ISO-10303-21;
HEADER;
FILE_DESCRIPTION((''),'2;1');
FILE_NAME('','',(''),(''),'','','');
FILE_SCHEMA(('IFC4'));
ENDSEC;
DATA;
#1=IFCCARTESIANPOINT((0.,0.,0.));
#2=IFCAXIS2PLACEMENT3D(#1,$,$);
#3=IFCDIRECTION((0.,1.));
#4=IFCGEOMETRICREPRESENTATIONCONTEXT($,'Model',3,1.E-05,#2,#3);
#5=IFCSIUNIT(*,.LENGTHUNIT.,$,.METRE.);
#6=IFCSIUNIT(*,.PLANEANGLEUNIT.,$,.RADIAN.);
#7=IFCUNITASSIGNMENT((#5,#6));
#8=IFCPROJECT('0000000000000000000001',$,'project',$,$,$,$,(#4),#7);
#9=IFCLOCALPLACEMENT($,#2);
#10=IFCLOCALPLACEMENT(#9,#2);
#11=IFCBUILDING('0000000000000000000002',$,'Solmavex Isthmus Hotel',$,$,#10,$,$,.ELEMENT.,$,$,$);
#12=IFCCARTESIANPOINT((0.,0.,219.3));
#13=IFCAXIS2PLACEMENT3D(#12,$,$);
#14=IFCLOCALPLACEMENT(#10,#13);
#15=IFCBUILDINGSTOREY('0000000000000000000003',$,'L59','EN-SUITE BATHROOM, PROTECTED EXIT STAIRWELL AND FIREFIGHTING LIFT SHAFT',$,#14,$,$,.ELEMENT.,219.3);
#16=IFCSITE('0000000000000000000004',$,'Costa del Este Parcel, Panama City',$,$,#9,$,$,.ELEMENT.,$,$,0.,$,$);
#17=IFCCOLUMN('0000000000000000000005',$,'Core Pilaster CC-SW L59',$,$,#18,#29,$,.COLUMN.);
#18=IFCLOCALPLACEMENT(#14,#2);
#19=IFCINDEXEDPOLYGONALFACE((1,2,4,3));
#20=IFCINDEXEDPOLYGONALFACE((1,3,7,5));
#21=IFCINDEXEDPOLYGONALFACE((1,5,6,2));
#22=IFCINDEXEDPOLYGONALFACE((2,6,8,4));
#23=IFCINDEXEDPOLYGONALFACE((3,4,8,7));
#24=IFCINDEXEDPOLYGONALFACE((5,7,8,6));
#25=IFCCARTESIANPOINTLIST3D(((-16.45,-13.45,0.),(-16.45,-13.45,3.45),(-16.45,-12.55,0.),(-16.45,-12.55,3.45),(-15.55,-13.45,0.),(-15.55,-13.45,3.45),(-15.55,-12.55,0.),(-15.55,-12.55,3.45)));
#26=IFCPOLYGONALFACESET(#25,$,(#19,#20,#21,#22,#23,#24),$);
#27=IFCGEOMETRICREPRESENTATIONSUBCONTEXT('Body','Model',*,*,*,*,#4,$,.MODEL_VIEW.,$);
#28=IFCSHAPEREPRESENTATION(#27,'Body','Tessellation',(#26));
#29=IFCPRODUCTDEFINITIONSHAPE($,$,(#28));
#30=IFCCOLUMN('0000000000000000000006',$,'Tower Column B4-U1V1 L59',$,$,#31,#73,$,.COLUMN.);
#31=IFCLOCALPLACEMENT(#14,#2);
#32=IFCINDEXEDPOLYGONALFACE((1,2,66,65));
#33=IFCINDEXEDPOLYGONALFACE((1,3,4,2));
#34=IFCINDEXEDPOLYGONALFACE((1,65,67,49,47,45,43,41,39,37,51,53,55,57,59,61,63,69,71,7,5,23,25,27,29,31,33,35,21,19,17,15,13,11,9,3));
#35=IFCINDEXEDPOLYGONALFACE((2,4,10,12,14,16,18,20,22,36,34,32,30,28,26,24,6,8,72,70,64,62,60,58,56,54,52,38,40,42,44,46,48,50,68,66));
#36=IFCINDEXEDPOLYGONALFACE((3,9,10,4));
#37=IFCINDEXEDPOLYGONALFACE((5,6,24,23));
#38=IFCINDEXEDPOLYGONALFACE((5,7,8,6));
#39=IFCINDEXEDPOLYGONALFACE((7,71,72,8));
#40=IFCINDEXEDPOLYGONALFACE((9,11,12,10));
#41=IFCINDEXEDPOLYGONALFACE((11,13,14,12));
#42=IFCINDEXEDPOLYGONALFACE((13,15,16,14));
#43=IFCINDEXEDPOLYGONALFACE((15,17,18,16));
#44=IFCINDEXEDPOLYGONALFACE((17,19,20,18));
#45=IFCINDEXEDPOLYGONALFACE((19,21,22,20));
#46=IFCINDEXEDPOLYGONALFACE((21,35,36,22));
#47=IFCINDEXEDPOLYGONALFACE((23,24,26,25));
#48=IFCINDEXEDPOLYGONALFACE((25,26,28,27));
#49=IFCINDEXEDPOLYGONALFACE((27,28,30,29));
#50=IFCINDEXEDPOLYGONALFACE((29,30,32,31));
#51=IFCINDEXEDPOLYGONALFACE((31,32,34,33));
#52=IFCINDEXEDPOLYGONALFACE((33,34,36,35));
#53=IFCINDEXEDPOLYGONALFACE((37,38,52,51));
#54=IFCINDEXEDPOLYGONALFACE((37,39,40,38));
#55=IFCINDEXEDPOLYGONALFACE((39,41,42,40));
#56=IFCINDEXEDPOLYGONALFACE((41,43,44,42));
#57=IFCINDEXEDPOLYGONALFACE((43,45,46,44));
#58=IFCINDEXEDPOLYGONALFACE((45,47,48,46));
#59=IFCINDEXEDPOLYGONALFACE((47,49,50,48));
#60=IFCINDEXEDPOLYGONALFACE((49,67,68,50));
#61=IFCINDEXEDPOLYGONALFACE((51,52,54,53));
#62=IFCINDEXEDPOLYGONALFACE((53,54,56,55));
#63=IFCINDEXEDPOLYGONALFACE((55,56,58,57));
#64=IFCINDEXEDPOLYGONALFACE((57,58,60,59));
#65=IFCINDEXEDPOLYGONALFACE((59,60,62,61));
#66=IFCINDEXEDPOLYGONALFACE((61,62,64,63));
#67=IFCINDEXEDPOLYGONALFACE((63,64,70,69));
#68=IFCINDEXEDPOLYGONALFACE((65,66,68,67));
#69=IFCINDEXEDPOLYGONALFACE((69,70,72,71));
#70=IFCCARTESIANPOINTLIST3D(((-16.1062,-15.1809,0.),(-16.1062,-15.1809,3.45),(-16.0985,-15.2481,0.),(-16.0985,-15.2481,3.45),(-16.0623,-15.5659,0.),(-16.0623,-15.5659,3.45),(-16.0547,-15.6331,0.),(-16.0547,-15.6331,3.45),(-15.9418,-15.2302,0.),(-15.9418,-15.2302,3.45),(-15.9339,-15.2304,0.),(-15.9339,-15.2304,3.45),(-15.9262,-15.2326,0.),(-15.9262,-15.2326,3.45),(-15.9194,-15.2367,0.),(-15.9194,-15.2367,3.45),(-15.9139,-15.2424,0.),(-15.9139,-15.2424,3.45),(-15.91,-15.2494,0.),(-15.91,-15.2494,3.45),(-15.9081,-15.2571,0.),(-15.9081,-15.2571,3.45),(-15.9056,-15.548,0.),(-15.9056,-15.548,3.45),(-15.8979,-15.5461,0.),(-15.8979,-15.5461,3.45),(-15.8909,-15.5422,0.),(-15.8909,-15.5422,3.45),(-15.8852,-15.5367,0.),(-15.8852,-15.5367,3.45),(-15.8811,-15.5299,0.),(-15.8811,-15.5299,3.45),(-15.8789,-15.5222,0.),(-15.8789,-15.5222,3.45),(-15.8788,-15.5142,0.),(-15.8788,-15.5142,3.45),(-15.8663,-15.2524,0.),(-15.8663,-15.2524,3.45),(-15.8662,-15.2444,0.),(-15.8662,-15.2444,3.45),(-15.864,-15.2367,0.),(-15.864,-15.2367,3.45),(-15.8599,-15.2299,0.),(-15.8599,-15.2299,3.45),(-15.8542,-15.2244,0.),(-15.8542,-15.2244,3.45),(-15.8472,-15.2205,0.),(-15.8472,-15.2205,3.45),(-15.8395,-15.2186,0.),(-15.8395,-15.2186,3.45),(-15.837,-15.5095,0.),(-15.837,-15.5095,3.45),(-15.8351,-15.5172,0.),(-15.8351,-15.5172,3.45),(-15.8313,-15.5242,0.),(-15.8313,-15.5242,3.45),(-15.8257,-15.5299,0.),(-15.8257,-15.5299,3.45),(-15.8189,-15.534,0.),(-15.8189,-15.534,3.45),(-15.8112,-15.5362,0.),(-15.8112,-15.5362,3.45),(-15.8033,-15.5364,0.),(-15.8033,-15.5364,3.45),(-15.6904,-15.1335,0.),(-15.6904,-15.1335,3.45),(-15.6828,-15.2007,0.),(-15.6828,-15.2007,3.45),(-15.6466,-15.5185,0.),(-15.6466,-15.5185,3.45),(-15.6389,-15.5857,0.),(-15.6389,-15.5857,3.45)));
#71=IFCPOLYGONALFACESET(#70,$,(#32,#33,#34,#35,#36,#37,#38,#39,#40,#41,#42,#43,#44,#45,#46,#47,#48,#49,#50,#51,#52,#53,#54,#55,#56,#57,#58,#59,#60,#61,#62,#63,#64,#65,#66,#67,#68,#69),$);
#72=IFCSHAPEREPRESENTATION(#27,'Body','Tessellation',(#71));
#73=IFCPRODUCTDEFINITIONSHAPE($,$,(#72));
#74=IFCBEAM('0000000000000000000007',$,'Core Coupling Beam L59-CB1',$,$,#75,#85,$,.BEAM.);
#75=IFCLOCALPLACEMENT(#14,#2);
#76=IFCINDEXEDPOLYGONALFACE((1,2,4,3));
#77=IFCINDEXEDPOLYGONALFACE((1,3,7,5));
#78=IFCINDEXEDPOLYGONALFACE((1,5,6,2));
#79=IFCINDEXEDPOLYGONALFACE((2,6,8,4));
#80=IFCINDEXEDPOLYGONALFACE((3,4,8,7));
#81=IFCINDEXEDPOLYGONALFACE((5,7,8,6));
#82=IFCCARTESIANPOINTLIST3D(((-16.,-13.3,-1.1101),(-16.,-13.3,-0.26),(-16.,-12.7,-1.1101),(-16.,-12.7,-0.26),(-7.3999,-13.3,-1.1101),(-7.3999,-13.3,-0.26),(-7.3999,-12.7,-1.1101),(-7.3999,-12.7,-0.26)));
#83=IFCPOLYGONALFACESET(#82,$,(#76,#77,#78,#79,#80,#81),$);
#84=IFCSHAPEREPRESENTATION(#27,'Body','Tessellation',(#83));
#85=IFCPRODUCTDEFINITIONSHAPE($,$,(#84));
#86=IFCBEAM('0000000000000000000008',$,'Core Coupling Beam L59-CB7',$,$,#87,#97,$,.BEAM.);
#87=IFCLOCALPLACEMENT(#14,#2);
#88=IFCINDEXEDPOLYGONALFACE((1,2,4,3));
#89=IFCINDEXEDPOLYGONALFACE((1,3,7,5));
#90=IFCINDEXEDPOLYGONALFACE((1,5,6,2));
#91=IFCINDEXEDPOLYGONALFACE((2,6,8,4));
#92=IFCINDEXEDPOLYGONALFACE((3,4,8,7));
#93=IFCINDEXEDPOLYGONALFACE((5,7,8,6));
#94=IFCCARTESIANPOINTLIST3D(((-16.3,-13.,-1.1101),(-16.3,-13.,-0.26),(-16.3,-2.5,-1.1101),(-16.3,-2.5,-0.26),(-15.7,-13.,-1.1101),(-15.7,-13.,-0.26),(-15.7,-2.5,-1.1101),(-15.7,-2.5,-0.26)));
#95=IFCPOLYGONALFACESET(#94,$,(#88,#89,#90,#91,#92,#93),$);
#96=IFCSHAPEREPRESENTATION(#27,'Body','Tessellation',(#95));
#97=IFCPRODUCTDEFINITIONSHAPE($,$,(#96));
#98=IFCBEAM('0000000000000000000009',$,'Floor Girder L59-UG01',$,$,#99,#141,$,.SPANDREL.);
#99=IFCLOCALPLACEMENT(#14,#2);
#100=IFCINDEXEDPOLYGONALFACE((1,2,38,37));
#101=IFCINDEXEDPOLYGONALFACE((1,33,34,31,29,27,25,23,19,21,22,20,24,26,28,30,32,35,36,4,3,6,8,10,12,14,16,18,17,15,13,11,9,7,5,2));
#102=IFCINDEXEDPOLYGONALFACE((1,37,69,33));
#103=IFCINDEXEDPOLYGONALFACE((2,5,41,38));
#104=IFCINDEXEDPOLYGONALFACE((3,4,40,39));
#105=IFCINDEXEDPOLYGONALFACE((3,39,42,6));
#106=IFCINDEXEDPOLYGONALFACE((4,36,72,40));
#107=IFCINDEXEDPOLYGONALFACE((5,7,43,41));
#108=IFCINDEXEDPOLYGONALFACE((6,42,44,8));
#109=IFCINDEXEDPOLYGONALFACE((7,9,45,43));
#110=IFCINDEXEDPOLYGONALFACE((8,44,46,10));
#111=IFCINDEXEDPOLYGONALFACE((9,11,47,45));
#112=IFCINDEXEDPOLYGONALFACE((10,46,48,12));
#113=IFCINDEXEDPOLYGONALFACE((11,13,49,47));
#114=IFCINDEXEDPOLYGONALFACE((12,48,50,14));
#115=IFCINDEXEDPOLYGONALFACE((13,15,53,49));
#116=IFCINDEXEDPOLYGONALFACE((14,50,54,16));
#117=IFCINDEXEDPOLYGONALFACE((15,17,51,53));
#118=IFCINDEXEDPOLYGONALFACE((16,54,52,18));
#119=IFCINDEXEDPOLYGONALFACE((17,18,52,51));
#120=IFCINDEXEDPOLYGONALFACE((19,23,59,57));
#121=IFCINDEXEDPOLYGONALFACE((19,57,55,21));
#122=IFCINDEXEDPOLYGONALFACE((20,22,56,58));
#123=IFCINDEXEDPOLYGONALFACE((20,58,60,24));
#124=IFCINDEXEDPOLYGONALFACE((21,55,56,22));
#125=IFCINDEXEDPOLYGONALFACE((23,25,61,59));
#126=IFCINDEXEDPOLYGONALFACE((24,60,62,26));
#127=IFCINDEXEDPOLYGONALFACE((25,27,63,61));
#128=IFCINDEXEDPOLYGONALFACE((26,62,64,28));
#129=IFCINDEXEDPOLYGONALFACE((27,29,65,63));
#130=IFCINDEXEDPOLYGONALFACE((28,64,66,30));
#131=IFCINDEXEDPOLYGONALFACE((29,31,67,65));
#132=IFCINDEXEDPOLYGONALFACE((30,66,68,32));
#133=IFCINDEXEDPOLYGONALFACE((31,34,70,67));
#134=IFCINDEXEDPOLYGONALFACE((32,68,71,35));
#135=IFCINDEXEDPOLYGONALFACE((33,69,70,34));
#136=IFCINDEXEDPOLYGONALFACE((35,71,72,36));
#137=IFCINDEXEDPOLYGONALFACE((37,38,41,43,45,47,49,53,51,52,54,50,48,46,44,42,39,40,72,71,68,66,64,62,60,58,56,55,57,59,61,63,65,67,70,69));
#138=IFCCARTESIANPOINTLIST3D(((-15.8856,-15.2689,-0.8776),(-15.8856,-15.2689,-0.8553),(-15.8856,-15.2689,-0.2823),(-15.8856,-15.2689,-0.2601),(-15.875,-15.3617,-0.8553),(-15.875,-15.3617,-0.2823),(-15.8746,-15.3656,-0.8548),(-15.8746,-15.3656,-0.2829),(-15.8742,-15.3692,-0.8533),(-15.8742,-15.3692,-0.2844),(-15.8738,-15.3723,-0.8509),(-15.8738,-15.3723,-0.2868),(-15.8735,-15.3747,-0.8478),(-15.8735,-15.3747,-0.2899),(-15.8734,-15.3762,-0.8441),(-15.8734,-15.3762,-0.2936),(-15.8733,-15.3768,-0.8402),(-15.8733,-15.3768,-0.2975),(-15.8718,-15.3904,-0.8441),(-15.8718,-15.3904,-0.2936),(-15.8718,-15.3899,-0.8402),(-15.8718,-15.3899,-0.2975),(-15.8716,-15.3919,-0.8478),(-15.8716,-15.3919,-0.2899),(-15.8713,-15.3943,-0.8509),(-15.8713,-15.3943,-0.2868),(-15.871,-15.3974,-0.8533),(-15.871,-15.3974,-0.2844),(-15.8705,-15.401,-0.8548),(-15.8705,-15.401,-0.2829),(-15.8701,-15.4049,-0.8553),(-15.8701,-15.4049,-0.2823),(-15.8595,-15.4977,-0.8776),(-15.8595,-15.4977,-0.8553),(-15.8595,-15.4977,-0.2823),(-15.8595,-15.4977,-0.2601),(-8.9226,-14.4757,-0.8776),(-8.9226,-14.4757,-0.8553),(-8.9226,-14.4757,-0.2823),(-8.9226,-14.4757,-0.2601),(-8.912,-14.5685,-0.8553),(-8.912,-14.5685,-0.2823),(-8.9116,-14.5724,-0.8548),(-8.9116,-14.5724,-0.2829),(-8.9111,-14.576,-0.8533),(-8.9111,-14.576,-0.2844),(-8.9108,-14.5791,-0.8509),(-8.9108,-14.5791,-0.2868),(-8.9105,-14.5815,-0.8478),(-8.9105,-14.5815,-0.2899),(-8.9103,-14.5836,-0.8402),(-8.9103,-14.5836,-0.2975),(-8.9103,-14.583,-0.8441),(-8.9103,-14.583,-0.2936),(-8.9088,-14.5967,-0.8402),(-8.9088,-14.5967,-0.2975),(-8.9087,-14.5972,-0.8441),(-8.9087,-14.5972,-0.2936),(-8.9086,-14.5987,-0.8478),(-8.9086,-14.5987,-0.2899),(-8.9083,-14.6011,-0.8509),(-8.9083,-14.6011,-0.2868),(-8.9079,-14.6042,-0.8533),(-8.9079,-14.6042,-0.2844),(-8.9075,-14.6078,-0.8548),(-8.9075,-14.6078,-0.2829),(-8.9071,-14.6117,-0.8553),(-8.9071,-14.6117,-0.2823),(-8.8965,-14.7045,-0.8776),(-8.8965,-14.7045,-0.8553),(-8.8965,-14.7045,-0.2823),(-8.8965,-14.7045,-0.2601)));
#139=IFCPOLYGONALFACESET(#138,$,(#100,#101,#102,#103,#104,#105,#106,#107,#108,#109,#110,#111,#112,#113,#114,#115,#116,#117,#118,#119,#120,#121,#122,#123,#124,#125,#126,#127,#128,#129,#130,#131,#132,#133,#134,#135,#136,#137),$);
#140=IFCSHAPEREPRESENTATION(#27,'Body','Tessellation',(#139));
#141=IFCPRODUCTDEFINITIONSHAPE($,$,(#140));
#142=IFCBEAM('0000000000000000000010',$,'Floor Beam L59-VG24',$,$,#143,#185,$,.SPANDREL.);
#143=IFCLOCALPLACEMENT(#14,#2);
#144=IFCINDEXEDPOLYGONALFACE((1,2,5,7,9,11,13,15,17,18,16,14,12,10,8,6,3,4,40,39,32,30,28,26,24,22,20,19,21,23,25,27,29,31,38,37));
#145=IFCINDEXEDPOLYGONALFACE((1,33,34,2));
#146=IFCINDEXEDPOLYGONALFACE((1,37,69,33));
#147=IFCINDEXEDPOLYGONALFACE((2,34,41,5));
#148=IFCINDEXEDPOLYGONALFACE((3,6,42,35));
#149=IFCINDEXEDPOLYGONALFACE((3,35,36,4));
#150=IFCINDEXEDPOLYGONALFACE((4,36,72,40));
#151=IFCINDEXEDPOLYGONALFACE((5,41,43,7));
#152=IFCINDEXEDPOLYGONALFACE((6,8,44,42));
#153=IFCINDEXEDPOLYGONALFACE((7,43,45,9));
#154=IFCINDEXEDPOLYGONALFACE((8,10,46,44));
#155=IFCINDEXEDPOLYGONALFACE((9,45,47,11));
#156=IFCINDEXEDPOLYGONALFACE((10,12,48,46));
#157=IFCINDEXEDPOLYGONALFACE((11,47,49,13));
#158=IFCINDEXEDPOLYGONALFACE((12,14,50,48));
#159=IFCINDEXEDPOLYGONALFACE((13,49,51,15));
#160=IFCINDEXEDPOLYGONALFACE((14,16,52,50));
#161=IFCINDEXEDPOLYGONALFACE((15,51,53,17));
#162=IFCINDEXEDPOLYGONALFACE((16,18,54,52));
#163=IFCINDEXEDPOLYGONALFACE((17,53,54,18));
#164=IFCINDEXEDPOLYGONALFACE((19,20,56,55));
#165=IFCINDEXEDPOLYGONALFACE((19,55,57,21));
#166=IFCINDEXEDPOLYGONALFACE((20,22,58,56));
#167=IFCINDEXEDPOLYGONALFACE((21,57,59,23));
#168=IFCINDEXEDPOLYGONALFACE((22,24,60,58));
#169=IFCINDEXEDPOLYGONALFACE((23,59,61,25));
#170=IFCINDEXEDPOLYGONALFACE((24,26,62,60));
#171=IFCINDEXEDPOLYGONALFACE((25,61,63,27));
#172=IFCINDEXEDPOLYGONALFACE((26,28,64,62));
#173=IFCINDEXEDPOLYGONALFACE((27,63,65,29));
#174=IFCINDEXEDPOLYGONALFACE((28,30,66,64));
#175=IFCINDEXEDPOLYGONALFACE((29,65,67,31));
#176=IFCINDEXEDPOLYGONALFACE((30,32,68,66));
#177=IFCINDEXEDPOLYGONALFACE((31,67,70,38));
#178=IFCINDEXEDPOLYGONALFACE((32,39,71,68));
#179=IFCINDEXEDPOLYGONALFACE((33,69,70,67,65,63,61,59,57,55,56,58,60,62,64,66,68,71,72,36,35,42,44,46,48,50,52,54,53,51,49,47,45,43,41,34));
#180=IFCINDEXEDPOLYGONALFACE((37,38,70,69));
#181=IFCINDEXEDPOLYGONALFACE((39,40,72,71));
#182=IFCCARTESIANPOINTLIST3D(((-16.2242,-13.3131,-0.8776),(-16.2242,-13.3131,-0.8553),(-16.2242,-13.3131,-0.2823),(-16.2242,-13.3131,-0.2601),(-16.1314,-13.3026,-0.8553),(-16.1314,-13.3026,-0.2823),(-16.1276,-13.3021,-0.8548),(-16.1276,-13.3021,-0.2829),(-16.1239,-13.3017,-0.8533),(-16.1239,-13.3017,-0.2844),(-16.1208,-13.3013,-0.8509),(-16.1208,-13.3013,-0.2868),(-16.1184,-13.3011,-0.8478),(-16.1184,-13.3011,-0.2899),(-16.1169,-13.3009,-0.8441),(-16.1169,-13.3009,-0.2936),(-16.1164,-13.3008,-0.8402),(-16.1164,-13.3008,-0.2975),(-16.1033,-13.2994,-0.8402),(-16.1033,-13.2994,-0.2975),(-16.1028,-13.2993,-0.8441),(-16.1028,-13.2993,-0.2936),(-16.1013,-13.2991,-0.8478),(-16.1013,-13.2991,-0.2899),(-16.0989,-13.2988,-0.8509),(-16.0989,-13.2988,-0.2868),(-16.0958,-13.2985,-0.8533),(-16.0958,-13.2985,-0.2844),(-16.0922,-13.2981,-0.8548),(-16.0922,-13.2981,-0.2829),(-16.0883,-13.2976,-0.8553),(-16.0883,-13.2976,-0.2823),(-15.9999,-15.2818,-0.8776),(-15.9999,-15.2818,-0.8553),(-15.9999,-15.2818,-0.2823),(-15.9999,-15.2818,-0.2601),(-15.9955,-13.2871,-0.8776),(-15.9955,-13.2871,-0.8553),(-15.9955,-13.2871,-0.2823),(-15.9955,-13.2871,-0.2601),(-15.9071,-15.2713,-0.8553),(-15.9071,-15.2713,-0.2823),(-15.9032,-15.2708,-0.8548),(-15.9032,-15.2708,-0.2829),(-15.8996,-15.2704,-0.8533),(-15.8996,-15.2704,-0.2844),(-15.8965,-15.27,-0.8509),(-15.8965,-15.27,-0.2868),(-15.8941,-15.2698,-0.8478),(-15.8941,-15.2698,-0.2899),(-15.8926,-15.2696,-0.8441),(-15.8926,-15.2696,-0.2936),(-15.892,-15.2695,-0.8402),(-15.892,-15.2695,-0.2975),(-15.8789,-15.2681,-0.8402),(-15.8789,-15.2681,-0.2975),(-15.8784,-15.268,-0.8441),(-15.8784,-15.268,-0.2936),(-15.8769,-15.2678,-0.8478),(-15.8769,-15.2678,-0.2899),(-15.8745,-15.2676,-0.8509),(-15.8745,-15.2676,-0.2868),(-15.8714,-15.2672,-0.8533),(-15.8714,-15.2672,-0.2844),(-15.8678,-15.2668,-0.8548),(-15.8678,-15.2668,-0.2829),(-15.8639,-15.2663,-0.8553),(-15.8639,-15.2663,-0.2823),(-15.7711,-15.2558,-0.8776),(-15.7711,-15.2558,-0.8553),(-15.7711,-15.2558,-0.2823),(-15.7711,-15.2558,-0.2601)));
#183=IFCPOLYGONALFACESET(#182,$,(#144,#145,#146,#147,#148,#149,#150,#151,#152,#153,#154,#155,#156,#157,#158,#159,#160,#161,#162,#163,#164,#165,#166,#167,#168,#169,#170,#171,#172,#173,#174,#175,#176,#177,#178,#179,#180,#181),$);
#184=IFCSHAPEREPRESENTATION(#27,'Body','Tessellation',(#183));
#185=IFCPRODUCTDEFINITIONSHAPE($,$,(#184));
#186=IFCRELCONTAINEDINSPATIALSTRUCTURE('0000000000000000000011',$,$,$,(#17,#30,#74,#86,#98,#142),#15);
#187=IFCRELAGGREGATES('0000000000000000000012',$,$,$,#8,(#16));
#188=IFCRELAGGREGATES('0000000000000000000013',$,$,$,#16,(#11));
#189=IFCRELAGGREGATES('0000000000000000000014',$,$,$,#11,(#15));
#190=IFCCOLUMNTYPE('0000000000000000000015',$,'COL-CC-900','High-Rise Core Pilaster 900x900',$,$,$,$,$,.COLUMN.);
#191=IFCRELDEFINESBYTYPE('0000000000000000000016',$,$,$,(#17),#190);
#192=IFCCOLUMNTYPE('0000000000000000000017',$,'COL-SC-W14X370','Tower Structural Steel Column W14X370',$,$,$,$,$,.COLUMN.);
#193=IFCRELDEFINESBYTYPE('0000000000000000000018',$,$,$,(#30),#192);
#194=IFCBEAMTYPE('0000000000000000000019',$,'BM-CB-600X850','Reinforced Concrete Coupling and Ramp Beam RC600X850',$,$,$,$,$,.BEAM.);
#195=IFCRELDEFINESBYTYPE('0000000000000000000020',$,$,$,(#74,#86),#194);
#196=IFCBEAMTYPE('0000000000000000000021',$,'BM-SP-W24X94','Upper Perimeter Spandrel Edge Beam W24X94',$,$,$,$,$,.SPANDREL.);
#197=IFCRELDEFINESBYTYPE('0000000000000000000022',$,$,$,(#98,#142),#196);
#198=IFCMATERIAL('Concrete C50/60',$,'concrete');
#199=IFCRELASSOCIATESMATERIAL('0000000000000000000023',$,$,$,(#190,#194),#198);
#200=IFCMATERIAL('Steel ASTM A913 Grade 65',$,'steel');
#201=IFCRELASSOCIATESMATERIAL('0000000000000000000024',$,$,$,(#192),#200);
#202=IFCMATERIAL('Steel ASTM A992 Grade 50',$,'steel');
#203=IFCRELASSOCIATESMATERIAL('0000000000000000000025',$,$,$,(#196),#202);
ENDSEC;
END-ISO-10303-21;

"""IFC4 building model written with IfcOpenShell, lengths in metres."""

from ifc_helpers import new_model, si_unit, direction, frame, origin, origin_2d, place, context, subcontext, project, spatial, rectangle, i_section, extrude, material, material_profile, profile_set, type_object, element, save


model = new_model("IFC4")

# Units and contexts
model_context = context("Model", 3, precision=1e-05, world=origin(), true_north=direction((0.0, 1.0)))
body_context = subcontext(model_context, "Body", "Model", "MODEL_VIEW")
ifc_project = project(units=[si_unit("LENGTHUNIT", "METRE"), si_unit("PLANEANGLEUNIT", "RADIAN")], contexts=[model_context])

# Site, building, storey
site_placement = place(None, origin())
site = spatial("IfcSite", under=ifc_project, at=site_placement, Name="Costa del Este Parcel, Panama City", CompositionType="ELEMENT", RefElevation=0.0)
building_placement = place(site_placement, origin())
building = spatial("IfcBuilding", under=site, at=building_placement, Name="Solmavex Isthmus Hotel", CompositionType="ELEMENT")
storey_placement = place(building_placement, frame((0.0, 0.0, 219.3)))
storey = spatial("IfcBuildingStorey", under=building, at=storey_placement, Name="L59", Description="EN-SUITE BATHROOM, PROTECTED EXIT STAIRWELL AND FIREFIGHTING LIFT SHAFT", CompositionType="ELEMENT", Elevation=219.3)

# Columns
ifc_material_1 = material(Name="Concrete C50/60", Category="concrete")
ifc_material_profile_1 = material_profile(ifc_material_1, rectangle(XDim=0.8999, YDim=0.8999, at=origin_2d()), Name="RC900X900")
ifc_profile_set_1 = profile_set([ifc_material_profile_1], Name="Concrete C50/60")
column_type_1 = type_object("IfcColumnType", Name="COL-CC-900", Description="High-Rise Core Pilaster 900x900", PredefinedType="COLUMN", material=ifc_profile_set_1)
column_1_placement = place(storey_placement, frame((-16.0, -13.0, 0.0), z_axis=(0.0, 0.0, 1.0), x_axis=(1.0, 0.0, 0.0)))
element("IfcColumn", 1, at=column_1_placement, inside=storey, type_object=column_type_1, Name="Core Pilaster CC-SW L59", PredefinedType="COLUMN", context=body_context, shape_type="SweptSolid", body=[
    extrude(rectangle(XDim=0.8999, YDim=0.8999, at=origin_2d()), origin(), (0.0, 0.0, 1.0), 3.45),
])
ifc_material_2 = material(Name="Steel ASTM A913 Grade 65", Category="steel")
ifc_material_profile_2 = material_profile(ifc_material_2, i_section(OverallWidth=0.4185, OverallDepth=0.4551, WebThickness=0.042, FlangeThickness=0.0676, FilletRadius=0.0305, at=origin_2d()), Name="W14X370")
ifc_profile_set_2 = profile_set([ifc_material_profile_2], Name="Steel ASTM A913 Grade 65")
column_type_2 = type_object("IfcColumnType", Name="COL-SC-W14X370", Description="Tower Structural Steel Column W14X370", PredefinedType="COLUMN", material=ifc_profile_set_2)
column_2_placement = place(storey_placement, frame((-15.8726, -15.3833, 0.0), z_axis=(0.0, 0.0, 1.0), x_axis=(0.993572, 0.113203, 0.0)))
element("IfcColumn", 2, at=column_2_placement, inside=storey, type_object=column_type_2, Name="Tower Column B4-U1V1 L59", PredefinedType="COLUMN", context=body_context, shape_type="SweptSolid", body=[
    extrude(i_section(OverallWidth=0.4185, OverallDepth=0.4551, WebThickness=0.042, FlangeThickness=0.0676, FilletRadius=0.0305, at=origin_2d()), origin(), (0.0, 0.0, 1.0), 3.45),
])

# Beams
ifc_material_profile_3 = material_profile(ifc_material_1, rectangle(XDim=0.6001, YDim=0.8501, at=origin_2d()), Name="RC600X850")
ifc_profile_set_3 = profile_set([ifc_material_profile_3], Name="Concrete C50/60")
beam_type_1 = type_object("IfcBeamType", Name="BM-CB-600X850", Description="Reinforced Concrete Coupling and Ramp Beam RC600X850", PredefinedType="BEAM", material=ifc_profile_set_3)
beam_1_placement = place(storey_placement, frame((-16.0, -13.0, -0.6851), z_axis=(1.0, 0.0, 0.0), x_axis=(0.0, 1.0, 0.0)))
element("IfcBeam", 3, at=beam_1_placement, inside=storey, type_object=beam_type_1, Name="Core Coupling Beam L59-CB1", PredefinedType="BEAM", context=body_context, shape_type="SweptSolid", body=[
    extrude(rectangle(XDim=0.6001, YDim=0.8501, at=origin_2d()), origin(), (0.0, 0.0, 1.0), 8.6001),
])
beam_2_placement = place(storey_placement, frame((-16.0, -13.0, -0.6851), z_axis=(0.0, 1.0, 0.0), x_axis=(-1.0, 0.0, 0.0)))
element("IfcBeam", 4, at=beam_2_placement, inside=storey, type_object=beam_type_1, Name="Core Coupling Beam L59-CB7", PredefinedType="BEAM", context=body_context, shape_type="SweptSolid", body=[
    extrude(rectangle(XDim=0.6001, YDim=0.8501, at=origin_2d()), origin(), (0.0, 0.0, 1.0), 10.5),
])
ifc_material_3 = material(Name="Steel ASTM A992 Grade 50", Category="steel")
ifc_material_profile_4 = material_profile(ifc_material_3, i_section(OverallWidth=0.2302, OverallDepth=0.6174, WebThickness=0.0132, FlangeThickness=0.0222, FilletRadius=0.0151, at=origin_2d()), Name="W24X94")
ifc_profile_set_4 = profile_set([ifc_material_profile_4], Name="Steel ASTM A992 Grade 50")
beam_type_2 = type_object("IfcBeamType", Name="BM-SP-W24X94", Description="Upper Perimeter Spandrel Edge Beam W24X94", PredefinedType="SPANDREL", material=ifc_profile_set_4)
beam_3_placement = place(storey_placement, frame((-15.8726, -15.3833, -0.5688), z_axis=(0.993574, 0.113184, 0.0), x_axis=(-0.113184, 0.993574, 0.0)))
element("IfcBeam", 5, at=beam_3_placement, inside=storey, type_object=beam_type_2, Name="Floor Girder L59-UG01", PredefinedType="SPANDREL", context=body_context, shape_type="SweptSolid", body=[
    extrude(i_section(OverallWidth=0.2302, OverallDepth=0.6174, WebThickness=0.0132, FlangeThickness=0.0222, FilletRadius=0.0151, at=origin_2d()), origin(), (0.0, 0.0, 1.0), 7.0081),
])
beam_4_placement = place(storey_placement, frame((-15.8855, -15.2688, -0.5688), z_axis=(-0.11323, 0.993569, 0.0), x_axis=(-0.993569, -0.11323, 0.0)))
element("IfcBeam", 6, at=beam_4_placement, inside=storey, type_object=beam_type_2, Name="Floor Beam L59-VG24", PredefinedType="SPANDREL", context=body_context, shape_type="SweptSolid", body=[
    extrude(i_section(OverallWidth=0.2302, OverallDepth=0.6174, WebThickness=0.0132, FlangeThickness=0.0222, FilletRadius=0.0151, at=origin_2d()), origin(), (0.0, 0.0, 1.0), 1.9814),
])

save(model, "model.ifc")
